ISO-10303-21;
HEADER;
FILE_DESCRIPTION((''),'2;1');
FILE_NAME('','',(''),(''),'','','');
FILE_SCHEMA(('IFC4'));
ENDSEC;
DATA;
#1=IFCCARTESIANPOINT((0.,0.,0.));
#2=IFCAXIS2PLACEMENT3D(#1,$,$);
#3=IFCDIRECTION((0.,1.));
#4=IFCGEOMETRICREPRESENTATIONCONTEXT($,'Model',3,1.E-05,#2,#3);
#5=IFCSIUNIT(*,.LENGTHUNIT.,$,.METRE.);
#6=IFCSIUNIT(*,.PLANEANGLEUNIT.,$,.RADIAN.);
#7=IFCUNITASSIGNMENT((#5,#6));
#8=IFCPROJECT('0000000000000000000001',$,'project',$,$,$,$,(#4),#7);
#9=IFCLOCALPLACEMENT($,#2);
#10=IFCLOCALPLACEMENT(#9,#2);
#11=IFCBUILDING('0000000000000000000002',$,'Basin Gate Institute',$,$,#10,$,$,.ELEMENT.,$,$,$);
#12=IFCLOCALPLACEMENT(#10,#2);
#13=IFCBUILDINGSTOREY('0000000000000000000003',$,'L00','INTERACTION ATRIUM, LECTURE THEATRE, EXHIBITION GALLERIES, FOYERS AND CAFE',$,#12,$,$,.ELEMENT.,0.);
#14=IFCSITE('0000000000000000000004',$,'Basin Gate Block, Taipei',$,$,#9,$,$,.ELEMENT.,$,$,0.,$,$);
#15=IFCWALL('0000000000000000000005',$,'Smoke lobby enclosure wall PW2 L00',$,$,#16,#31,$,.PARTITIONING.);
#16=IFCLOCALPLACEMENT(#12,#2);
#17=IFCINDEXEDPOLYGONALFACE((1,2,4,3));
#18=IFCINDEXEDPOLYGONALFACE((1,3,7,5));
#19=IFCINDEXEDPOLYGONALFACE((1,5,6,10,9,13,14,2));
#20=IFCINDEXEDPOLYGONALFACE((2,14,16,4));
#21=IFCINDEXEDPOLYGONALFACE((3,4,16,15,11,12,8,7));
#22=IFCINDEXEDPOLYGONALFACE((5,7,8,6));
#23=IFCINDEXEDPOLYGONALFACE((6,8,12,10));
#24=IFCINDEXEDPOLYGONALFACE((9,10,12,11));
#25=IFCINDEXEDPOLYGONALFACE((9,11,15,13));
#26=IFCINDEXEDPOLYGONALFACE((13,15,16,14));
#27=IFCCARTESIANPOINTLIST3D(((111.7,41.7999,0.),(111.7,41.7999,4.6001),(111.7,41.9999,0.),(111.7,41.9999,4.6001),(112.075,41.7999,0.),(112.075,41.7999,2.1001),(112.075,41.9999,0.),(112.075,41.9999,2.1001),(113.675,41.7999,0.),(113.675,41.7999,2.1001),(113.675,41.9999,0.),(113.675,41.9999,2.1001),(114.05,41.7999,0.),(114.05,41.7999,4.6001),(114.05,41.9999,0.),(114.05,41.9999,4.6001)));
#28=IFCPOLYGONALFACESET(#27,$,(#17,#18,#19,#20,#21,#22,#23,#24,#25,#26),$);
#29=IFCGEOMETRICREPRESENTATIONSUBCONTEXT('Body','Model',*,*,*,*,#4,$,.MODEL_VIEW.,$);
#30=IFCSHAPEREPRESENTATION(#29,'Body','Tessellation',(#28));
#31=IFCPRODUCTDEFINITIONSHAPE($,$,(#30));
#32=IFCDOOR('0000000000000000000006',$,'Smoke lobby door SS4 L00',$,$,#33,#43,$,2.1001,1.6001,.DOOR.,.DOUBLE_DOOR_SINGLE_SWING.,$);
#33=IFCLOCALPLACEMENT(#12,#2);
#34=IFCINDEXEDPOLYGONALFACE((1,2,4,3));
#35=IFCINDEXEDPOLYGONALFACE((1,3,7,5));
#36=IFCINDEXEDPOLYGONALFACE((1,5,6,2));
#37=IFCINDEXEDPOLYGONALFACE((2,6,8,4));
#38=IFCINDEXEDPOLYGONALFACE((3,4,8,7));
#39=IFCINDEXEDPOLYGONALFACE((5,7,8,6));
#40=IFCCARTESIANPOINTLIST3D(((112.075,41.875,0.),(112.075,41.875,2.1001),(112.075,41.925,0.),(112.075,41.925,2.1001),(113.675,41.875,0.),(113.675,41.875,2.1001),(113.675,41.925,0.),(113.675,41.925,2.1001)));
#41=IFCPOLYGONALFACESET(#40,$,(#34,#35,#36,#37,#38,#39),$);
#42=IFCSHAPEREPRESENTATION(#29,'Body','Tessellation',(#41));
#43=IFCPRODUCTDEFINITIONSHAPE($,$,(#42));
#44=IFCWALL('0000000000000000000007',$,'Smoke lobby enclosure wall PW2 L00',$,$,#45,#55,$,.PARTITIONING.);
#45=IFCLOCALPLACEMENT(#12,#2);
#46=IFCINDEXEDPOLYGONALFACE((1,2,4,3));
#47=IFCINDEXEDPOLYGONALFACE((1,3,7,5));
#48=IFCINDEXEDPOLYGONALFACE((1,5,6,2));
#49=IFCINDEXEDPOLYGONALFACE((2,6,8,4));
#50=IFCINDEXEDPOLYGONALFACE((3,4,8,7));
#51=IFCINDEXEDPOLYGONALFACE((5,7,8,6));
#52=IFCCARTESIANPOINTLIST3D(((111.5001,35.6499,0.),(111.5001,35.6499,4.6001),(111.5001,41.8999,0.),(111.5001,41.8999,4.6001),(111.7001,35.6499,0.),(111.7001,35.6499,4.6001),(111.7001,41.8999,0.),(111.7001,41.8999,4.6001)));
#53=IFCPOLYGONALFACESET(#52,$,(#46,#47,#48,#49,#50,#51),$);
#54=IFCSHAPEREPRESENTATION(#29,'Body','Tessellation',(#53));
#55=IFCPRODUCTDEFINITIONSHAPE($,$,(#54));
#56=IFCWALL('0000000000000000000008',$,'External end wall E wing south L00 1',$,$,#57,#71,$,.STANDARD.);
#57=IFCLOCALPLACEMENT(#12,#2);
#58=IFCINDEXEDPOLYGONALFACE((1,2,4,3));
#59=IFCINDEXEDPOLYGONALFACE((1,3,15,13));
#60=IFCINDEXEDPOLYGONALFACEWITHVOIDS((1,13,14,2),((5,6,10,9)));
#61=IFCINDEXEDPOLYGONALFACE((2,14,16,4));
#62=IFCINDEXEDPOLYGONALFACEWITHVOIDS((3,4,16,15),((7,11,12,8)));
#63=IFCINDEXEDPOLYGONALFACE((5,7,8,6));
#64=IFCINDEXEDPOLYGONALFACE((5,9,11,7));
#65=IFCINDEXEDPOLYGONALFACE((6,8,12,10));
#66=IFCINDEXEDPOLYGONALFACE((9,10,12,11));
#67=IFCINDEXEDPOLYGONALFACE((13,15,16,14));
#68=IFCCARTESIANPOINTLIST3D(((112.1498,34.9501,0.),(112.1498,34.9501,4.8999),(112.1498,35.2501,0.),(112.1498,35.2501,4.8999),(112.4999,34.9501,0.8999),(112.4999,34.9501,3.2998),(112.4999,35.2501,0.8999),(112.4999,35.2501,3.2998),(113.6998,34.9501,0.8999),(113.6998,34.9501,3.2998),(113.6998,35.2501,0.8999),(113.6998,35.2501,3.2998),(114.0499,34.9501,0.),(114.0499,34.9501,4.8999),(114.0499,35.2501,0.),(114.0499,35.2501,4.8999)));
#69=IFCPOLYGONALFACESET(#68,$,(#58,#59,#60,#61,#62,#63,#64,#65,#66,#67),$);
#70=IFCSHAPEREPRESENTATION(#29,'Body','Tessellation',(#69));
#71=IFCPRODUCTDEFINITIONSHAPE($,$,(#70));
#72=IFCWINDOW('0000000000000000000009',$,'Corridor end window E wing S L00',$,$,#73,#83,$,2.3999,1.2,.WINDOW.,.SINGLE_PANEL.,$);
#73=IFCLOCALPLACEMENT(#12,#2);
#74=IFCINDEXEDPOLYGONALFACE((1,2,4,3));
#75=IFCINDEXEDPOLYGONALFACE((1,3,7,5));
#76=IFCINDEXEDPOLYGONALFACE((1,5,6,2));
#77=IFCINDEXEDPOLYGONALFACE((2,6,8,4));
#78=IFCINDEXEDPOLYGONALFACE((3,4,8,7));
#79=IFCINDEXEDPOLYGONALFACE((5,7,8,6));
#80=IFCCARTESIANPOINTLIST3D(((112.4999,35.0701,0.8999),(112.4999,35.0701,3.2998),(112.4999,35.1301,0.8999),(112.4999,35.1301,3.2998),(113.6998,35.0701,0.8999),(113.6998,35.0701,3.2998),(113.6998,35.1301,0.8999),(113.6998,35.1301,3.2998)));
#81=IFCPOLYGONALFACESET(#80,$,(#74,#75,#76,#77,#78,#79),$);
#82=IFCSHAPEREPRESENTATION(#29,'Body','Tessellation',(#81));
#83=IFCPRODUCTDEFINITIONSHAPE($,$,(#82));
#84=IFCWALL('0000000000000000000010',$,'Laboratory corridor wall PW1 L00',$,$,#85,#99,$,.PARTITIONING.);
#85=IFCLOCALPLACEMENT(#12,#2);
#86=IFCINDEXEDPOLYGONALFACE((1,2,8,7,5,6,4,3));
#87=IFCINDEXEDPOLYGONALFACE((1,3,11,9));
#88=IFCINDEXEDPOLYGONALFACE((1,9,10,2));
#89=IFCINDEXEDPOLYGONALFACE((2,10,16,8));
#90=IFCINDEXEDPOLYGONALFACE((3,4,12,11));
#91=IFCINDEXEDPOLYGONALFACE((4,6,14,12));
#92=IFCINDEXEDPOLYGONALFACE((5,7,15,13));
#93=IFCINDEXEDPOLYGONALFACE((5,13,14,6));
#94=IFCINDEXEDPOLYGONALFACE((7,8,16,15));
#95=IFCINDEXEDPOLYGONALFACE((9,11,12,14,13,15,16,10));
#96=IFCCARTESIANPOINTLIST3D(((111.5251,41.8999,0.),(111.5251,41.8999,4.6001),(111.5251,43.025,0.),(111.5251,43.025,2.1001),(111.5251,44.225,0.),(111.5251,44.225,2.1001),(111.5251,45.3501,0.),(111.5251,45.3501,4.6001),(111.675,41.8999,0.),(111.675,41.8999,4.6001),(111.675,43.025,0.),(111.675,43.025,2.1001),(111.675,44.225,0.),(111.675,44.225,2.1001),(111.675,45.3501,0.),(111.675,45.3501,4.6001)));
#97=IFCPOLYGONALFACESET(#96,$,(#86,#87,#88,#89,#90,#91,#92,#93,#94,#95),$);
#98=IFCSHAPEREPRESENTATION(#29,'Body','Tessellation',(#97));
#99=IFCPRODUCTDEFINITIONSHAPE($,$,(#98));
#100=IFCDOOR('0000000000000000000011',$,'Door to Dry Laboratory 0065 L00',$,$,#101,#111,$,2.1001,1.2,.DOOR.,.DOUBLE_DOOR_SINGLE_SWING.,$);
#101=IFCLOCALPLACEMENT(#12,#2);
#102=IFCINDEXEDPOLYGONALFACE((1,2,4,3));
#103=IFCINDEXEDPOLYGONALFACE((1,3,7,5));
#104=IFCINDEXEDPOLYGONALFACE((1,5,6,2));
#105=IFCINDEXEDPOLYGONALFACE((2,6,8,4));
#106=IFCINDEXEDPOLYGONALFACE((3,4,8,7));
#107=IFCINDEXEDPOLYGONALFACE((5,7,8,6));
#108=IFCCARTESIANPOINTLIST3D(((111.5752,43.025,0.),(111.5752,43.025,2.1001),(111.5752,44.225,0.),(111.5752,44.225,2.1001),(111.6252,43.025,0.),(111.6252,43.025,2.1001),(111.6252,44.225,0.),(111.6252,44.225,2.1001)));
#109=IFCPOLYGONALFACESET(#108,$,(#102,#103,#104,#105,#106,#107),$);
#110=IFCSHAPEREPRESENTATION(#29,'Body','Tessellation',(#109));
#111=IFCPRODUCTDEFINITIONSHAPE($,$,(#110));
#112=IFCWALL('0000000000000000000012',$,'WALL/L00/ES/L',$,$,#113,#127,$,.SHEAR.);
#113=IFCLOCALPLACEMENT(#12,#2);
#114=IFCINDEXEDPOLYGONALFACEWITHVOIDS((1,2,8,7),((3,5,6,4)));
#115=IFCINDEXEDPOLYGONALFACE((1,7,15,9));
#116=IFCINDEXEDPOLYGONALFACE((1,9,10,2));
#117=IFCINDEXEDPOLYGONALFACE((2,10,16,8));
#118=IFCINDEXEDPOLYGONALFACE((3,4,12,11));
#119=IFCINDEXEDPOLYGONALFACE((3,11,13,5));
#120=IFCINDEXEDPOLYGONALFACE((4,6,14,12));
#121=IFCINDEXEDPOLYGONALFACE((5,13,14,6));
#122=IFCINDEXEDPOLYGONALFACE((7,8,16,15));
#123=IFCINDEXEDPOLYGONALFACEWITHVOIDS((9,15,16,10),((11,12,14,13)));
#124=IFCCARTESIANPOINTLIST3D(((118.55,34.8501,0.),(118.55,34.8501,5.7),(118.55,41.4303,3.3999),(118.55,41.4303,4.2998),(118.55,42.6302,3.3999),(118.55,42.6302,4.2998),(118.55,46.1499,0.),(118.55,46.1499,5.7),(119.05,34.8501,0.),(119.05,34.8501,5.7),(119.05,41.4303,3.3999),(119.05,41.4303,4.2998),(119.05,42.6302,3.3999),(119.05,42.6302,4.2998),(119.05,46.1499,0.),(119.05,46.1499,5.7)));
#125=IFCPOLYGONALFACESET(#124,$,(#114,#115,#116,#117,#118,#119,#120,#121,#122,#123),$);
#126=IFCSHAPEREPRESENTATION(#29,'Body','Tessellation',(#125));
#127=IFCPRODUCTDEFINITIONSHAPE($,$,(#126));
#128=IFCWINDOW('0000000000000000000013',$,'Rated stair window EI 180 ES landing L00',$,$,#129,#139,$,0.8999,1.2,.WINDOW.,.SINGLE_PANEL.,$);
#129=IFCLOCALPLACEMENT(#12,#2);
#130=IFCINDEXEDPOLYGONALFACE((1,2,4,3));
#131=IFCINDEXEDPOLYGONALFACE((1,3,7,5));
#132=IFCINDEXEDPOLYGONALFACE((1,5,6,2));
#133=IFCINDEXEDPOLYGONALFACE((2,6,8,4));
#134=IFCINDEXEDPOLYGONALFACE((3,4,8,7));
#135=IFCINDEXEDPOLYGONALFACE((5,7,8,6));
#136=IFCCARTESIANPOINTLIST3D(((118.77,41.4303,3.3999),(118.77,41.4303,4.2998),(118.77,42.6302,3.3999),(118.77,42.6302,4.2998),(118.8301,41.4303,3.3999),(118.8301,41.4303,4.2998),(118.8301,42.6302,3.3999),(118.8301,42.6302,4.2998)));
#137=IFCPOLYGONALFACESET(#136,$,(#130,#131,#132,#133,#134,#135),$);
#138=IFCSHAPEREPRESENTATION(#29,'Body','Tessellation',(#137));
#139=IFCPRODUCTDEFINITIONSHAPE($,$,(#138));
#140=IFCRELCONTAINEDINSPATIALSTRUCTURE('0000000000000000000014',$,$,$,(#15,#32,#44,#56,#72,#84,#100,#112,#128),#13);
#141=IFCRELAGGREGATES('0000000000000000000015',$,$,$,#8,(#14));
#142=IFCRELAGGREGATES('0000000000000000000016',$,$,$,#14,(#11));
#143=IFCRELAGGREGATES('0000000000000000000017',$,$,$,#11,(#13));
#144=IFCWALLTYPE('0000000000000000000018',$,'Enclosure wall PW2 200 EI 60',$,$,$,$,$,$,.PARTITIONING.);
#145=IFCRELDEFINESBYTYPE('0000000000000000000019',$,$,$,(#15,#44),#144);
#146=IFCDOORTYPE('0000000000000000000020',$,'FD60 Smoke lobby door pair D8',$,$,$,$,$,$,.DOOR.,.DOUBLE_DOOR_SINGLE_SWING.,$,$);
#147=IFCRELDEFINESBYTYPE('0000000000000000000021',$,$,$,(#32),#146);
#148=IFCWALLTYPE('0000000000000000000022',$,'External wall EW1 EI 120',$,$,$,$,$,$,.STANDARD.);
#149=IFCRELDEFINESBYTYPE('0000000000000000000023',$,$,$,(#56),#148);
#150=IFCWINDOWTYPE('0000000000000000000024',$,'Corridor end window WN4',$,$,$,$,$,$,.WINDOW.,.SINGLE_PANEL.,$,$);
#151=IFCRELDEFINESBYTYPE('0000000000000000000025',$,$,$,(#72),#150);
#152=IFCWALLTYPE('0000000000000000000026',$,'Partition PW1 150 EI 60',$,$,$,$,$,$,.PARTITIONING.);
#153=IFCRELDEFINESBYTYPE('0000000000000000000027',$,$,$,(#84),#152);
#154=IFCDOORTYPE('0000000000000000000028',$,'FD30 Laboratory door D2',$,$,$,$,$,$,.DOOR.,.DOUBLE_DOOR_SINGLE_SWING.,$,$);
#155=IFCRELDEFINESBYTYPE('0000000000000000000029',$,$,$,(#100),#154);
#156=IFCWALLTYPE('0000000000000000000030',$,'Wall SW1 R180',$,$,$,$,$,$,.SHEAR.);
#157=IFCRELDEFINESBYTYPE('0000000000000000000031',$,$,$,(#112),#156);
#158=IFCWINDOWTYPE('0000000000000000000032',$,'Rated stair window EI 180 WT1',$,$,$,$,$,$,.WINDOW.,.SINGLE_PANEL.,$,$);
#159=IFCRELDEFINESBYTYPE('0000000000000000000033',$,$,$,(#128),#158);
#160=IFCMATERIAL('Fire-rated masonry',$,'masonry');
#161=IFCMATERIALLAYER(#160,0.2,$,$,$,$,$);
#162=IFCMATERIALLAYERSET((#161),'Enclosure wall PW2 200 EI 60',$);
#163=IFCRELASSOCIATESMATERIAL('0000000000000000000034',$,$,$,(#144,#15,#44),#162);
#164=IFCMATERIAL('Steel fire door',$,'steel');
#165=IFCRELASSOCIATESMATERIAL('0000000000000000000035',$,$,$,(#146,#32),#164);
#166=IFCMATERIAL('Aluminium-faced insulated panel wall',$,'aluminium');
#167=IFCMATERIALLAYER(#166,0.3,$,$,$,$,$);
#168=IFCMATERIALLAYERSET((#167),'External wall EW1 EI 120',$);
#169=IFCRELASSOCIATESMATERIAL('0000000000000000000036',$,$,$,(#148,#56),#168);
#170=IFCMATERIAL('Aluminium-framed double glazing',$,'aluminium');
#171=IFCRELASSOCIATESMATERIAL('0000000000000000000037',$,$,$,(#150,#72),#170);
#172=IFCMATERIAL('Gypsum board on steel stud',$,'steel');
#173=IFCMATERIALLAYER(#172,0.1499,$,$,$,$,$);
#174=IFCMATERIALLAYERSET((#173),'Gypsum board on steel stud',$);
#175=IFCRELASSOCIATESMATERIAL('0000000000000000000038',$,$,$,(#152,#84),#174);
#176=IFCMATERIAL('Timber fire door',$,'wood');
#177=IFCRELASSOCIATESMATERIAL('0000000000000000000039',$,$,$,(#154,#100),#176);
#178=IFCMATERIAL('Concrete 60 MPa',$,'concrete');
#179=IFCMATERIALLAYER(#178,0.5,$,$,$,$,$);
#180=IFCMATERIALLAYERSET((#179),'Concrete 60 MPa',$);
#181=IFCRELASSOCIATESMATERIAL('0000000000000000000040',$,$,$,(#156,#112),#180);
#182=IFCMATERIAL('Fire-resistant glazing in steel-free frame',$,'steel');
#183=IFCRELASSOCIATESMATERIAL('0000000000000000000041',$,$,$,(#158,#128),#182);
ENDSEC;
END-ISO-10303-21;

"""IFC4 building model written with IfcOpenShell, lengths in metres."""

from ifc_helpers import new_model, si_unit, direction, frame, frame_2d, origin, place, context, subcontext, project, spatial, rectangle, extrude, material, layer, layer_set, type_object, element, fill, save


model = new_model("IFC4")

# Units and contexts
model_context = context("Model", 3, precision=1e-05, world=origin(), true_north=direction((0.0, 1.0)))
body_context = subcontext(model_context, "Body", "Model", "MODEL_VIEW")
ifc_project = project(units=[si_unit("LENGTHUNIT", "METRE"), si_unit("PLANEANGLEUNIT", "RADIAN")], contexts=[model_context])

# Site, building, storey
site_placement = place(None, origin())
site = spatial("IfcSite", under=ifc_project, at=site_placement, Name="Basin Gate Block, Taipei", CompositionType="ELEMENT", RefElevation=0.0)
building_placement = place(site_placement, origin())
building = spatial("IfcBuilding", under=site, at=building_placement, Name="Basin Gate Institute", CompositionType="ELEMENT")
storey_placement = place(building_placement, origin())
storey = spatial("IfcBuildingStorey", under=building, at=storey_placement, Name="L00", Description="INTERACTION ATRIUM, LECTURE THEATRE, EXHIBITION GALLERIES, FOYERS AND CAFE", CompositionType="ELEMENT", Elevation=0.0)

# Wall, opening, door
ifc_material_1 = material(Name="Fire-rated masonry", Category="masonry")
ifc_layer_1 = layer(ifc_material_1, 0.2)
ifc_layer_set_1 = layer_set([ifc_layer_1], Name="Enclosure wall PW2 200 EI 60")
wall_type_1 = type_object("IfcWallType", Name="Enclosure wall PW2 200 EI 60", PredefinedType="PARTITIONING", material=ifc_layer_set_1)
wall_1_placement = place(storey_placement, frame((114.05, 41.8999, 0.0), z_axis=(0.0, 0.0, 1.0), x_axis=(-1.0, 0.0, 0.0)))
wall_1 = element("IfcWall", 1, at=wall_1_placement, inside=storey, type_object=wall_type_1, material=ifc_layer_set_1, Name="Smoke lobby enclosure wall PW2 L00", PredefinedType="PARTITIONING", context=body_context, shape_type="SweptSolid", body=[
    extrude(rectangle(XDim=2.3501, YDim=0.2, at=frame_2d((1.175, 0.0))), origin(), (0.0, 0.0, 1.0), 4.6001),
])
opening_1_placement = place(wall_1_placement, frame((0.375, 0.0, 0.0)))
opening_1 = element("IfcOpeningElement", 2, at=opening_1_placement, cuts=wall_1, PredefinedType="OPENING", context=body_context, shape_type="SweptSolid", body=[
    extrude(rectangle(XDim=1.6001, YDim=2.1001, at=frame_2d((0.8, 1.05))), frame((0.0, 0.1099, 0.0), z_axis=(0.0, -1.0, 0.0), x_axis=(1.0, 0.0, 0.0)), (0.0, 0.0, 1.0), 0.22),
])
ifc_material_2 = material(Name="Steel fire door", Category="steel")
door_type_1 = type_object("IfcDoorType", Name="FD60 Smoke lobby door pair D8", OperationType="DOUBLE_DOOR_SINGLE_SWING", PredefinedType="DOOR", material=ifc_material_2)
door_1_placement = place(opening_1_placement, origin())
door_1 = element("IfcDoor", 3, at=door_1_placement, inside=storey, type_object=door_type_1, material=ifc_material_2, Name="Smoke lobby door SS4 L00", OperationType="DOUBLE_DOOR_SINGLE_SWING", OverallHeight=2.1001, OverallWidth=1.6001, PredefinedType="DOOR", context=body_context, shape_type="SweptSolid", body=[
    extrude(rectangle(XDim=1.6001, YDim=2.1001, at=frame_2d((0.8, 1.05))), frame((0.0, 0.0249, 0.0), z_axis=(0.0, -1.0, 0.0), x_axis=(1.0, 0.0, 0.0)), (0.0, 0.0, 1.0), 0.05),
])
fill(opening_1, door_1)

# Wall
wall_2_placement = place(storey_placement, frame((111.6001, 35.6499, 0.0), z_axis=(0.0, 0.0, 1.0), x_axis=(0.0, 1.0, 0.0)))
element("IfcWall", 4, at=wall_2_placement, inside=storey, type_object=wall_type_1, material=ifc_layer_set_1, Name="Smoke lobby enclosure wall PW2 L00", PredefinedType="PARTITIONING", context=body_context, shape_type="SweptSolid", body=[
    extrude(rectangle(XDim=6.25, YDim=0.2, at=frame_2d((3.125, 0.0))), origin(), (0.0, 0.0, 1.0), 4.6001),
])

# Wall, opening, window
ifc_material_3 = material(Name="Aluminium-faced insulated panel wall", Category="aluminium")
ifc_layer_2 = layer(ifc_material_3, 0.3)
ifc_layer_set_2 = layer_set([ifc_layer_2], Name="External wall EW1 EI 120")
wall_type_2 = type_object("IfcWallType", Name="External wall EW1 EI 120", PredefinedType="STANDARD", material=ifc_layer_set_2)
wall_3_placement = place(storey_placement, frame((114.05, 35.1001, 0.0), z_axis=(0.0, 0.0, 1.0), x_axis=(-1.0, 0.0, 0.0)))
wall_3 = element("IfcWall", 5, at=wall_3_placement, inside=storey, type_object=wall_type_2, material=ifc_layer_set_2, Name="External end wall E wing south L00 1", PredefinedType="STANDARD", context=body_context, shape_type="SweptSolid", body=[
    extrude(rectangle(XDim=1.9001, YDim=0.3, at=frame_2d((0.9502, 0.0))), origin(), (0.0, 0.0, 1.0), 4.8999),
])
opening_2_placement = place(wall_3_placement, frame((0.3501, 0.0, 0.8999)))
opening_2 = element("IfcOpeningElement", 6, at=opening_2_placement, cuts=wall_3, PredefinedType="OPENING", context=body_context, shape_type="SweptSolid", body=[
    extrude(rectangle(XDim=1.2, YDim=2.3999, at=frame_2d((0.6001, 1.2))), frame((0.0, 0.1602, 0.0), z_axis=(0.0, -1.0, 0.0), x_axis=(1.0, 0.0, 0.0)), (0.0, 0.0, 1.0), 0.3201),
])
ifc_material_4 = material(Name="Aluminium-framed double glazing", Category="aluminium")
window_type_1 = type_object("IfcWindowType", Name="Corridor end window WN4", PartitioningType="SINGLE_PANEL", PredefinedType="WINDOW", material=ifc_material_4)
window_1_placement = place(opening_2_placement, origin())
window_1 = element("IfcWindow", 7, at=window_1_placement, inside=storey, type_object=window_type_1, material=ifc_material_4, Name="Corridor end window E wing S L00", OverallHeight=2.3999, OverallWidth=1.2, PartitioningType="SINGLE_PANEL", PredefinedType="WINDOW", context=body_context, shape_type="SweptSolid", body=[
    extrude(rectangle(XDim=1.2, YDim=2.3999, at=frame_2d((0.6001, 1.2))), frame((0.0, 0.03, 0.0), z_axis=(0.0, -1.0, 0.0), x_axis=(1.0, 0.0, 0.0)), (0.0, 0.0, 1.0), 0.0601),
])
fill(opening_2, window_1)

# Wall, opening, door
ifc_material_5 = material(Name="Gypsum board on steel stud", Category="steel")
ifc_layer_3 = layer(ifc_material_5, 0.1499)
ifc_layer_set_3 = layer_set([ifc_layer_3], Name="Gypsum board on steel stud")
wall_type_3 = type_object("IfcWallType", Name="Partition PW1 150 EI 60", PredefinedType="PARTITIONING", material=ifc_layer_set_3)
wall_4_placement = place(storey_placement, frame((111.6001, 41.8999, 0.0), z_axis=(0.0, 0.0, 1.0), x_axis=(0.0, 1.0, 0.0)))
wall_4 = element("IfcWall", 8, at=wall_4_placement, inside=storey, type_object=wall_type_3, material=ifc_layer_set_3, Name="Laboratory corridor wall PW1 L00", PredefinedType="PARTITIONING", context=body_context, shape_type="SweptSolid", body=[
    extrude(rectangle(XDim=3.4502, YDim=0.1499, at=frame_2d((1.7251, 0.0))), origin(), (0.0, 0.0, 1.0), 4.6001),
])
opening_3_placement = place(wall_4_placement, frame((1.125, 0.0, 0.0)))
opening_3 = element("IfcOpeningElement", 9, at=opening_3_placement, cuts=wall_4, PredefinedType="OPENING", context=body_context, shape_type="SweptSolid", body=[
    extrude(rectangle(XDim=1.2, YDim=2.1001, at=frame_2d((0.6001, 1.05))), frame((0.0, 0.085, 0.0), z_axis=(0.0, -1.0, 0.0), x_axis=(1.0, 0.0, 0.0)), (0.0, 0.0, 1.0), 0.1699),
])
ifc_material_6 = material(Name="Timber fire door", Category="wood")
door_type_2 = type_object("IfcDoorType", Name="FD30 Laboratory door D2", OperationType="DOUBLE_DOOR_SINGLE_SWING", PredefinedType="DOOR", material=ifc_material_6)
door_2_placement = place(opening_3_placement, origin())
door_2 = element("IfcDoor", 10, at=door_2_placement, inside=storey, type_object=door_type_2, material=ifc_material_6, Name="Door to Dry Laboratory 0065 L00", OperationType="DOUBLE_DOOR_SINGLE_SWING", OverallHeight=2.1001, OverallWidth=1.2, PredefinedType="DOOR", context=body_context, shape_type="SweptSolid", body=[
    extrude(rectangle(XDim=1.2, YDim=2.1001, at=frame_2d((0.6001, 1.05))), frame((0.0, 0.0249, 0.0), z_axis=(0.0, -1.0, 0.0), x_axis=(1.0, 0.0, 0.0)), (0.0, 0.0, 1.0), 0.05),
])
fill(opening_3, door_2)

# Wall, opening, window
ifc_material_7 = material(Name="Concrete 60 MPa", Category="concrete")
ifc_layer_4 = layer(ifc_material_7, 0.5)
ifc_layer_set_4 = layer_set([ifc_layer_4], Name="Concrete 60 MPa")
wall_type_4 = type_object("IfcWallType", Name="Wall SW1 R180", PredefinedType="SHEAR", material=ifc_layer_set_4)
wall_5_placement = place(storey_placement, frame((118.8, 34.8501, 0.0), z_axis=(0.0, 0.0, 1.0), x_axis=(0.0, 1.0, 0.0)))
wall_5 = element("IfcWall", 11, at=wall_5_placement, inside=storey, type_object=wall_type_4, material=ifc_layer_set_4, Name="WALL/L00/ES/L", PredefinedType="SHEAR", context=body_context, shape_type="SweptSolid", body=[
    extrude(rectangle(XDim=11.2998, YDim=0.5, at=frame_2d((5.6499, 0.0))), origin(), (0.0, 0.0, 1.0), 5.7),
])
opening_4_placement = place(wall_5_placement, frame((6.5801, 0.0, 3.3999)))
opening_4 = element("IfcOpeningElement", 12, at=opening_4_placement, cuts=wall_5, PredefinedType="OPENING", context=body_context, shape_type="SweptSolid", body=[
    extrude(rectangle(XDim=1.2, YDim=0.8999, at=frame_2d((0.6001, 0.45))), frame((0.0, 0.26, 0.0), z_axis=(0.0, -1.0, 0.0), x_axis=(1.0, 0.0, 0.0)), (0.0, 0.0, 1.0), 0.52),
])
ifc_material_8 = material(Name="Fire-resistant glazing in steel-free frame", Category="steel")
window_type_2 = type_object("IfcWindowType", Name="Rated stair window EI 180 WT1", PartitioningType="SINGLE_PANEL", PredefinedType="WINDOW", material=ifc_material_8)
window_2_placement = place(opening_4_placement, origin())
window_2 = element("IfcWindow", 13, at=window_2_placement, inside=storey, type_object=window_type_2, material=ifc_material_8, Name="Rated stair window EI 180 ES landing L00", OverallHeight=0.8999, OverallWidth=1.2, PartitioningType="SINGLE_PANEL", PredefinedType="WINDOW", context=body_context, shape_type="SweptSolid", body=[
    extrude(rectangle(XDim=1.2, YDim=0.8999, at=frame_2d((0.6001, 0.45))), frame((0.0, 0.03, 0.0), z_axis=(0.0, -1.0, 0.0), x_axis=(1.0, 0.0, 0.0)), (0.0, 0.0, 1.0), 0.0601),
])
fill(opening_4, window_2)

save(model, "model.ifc")
